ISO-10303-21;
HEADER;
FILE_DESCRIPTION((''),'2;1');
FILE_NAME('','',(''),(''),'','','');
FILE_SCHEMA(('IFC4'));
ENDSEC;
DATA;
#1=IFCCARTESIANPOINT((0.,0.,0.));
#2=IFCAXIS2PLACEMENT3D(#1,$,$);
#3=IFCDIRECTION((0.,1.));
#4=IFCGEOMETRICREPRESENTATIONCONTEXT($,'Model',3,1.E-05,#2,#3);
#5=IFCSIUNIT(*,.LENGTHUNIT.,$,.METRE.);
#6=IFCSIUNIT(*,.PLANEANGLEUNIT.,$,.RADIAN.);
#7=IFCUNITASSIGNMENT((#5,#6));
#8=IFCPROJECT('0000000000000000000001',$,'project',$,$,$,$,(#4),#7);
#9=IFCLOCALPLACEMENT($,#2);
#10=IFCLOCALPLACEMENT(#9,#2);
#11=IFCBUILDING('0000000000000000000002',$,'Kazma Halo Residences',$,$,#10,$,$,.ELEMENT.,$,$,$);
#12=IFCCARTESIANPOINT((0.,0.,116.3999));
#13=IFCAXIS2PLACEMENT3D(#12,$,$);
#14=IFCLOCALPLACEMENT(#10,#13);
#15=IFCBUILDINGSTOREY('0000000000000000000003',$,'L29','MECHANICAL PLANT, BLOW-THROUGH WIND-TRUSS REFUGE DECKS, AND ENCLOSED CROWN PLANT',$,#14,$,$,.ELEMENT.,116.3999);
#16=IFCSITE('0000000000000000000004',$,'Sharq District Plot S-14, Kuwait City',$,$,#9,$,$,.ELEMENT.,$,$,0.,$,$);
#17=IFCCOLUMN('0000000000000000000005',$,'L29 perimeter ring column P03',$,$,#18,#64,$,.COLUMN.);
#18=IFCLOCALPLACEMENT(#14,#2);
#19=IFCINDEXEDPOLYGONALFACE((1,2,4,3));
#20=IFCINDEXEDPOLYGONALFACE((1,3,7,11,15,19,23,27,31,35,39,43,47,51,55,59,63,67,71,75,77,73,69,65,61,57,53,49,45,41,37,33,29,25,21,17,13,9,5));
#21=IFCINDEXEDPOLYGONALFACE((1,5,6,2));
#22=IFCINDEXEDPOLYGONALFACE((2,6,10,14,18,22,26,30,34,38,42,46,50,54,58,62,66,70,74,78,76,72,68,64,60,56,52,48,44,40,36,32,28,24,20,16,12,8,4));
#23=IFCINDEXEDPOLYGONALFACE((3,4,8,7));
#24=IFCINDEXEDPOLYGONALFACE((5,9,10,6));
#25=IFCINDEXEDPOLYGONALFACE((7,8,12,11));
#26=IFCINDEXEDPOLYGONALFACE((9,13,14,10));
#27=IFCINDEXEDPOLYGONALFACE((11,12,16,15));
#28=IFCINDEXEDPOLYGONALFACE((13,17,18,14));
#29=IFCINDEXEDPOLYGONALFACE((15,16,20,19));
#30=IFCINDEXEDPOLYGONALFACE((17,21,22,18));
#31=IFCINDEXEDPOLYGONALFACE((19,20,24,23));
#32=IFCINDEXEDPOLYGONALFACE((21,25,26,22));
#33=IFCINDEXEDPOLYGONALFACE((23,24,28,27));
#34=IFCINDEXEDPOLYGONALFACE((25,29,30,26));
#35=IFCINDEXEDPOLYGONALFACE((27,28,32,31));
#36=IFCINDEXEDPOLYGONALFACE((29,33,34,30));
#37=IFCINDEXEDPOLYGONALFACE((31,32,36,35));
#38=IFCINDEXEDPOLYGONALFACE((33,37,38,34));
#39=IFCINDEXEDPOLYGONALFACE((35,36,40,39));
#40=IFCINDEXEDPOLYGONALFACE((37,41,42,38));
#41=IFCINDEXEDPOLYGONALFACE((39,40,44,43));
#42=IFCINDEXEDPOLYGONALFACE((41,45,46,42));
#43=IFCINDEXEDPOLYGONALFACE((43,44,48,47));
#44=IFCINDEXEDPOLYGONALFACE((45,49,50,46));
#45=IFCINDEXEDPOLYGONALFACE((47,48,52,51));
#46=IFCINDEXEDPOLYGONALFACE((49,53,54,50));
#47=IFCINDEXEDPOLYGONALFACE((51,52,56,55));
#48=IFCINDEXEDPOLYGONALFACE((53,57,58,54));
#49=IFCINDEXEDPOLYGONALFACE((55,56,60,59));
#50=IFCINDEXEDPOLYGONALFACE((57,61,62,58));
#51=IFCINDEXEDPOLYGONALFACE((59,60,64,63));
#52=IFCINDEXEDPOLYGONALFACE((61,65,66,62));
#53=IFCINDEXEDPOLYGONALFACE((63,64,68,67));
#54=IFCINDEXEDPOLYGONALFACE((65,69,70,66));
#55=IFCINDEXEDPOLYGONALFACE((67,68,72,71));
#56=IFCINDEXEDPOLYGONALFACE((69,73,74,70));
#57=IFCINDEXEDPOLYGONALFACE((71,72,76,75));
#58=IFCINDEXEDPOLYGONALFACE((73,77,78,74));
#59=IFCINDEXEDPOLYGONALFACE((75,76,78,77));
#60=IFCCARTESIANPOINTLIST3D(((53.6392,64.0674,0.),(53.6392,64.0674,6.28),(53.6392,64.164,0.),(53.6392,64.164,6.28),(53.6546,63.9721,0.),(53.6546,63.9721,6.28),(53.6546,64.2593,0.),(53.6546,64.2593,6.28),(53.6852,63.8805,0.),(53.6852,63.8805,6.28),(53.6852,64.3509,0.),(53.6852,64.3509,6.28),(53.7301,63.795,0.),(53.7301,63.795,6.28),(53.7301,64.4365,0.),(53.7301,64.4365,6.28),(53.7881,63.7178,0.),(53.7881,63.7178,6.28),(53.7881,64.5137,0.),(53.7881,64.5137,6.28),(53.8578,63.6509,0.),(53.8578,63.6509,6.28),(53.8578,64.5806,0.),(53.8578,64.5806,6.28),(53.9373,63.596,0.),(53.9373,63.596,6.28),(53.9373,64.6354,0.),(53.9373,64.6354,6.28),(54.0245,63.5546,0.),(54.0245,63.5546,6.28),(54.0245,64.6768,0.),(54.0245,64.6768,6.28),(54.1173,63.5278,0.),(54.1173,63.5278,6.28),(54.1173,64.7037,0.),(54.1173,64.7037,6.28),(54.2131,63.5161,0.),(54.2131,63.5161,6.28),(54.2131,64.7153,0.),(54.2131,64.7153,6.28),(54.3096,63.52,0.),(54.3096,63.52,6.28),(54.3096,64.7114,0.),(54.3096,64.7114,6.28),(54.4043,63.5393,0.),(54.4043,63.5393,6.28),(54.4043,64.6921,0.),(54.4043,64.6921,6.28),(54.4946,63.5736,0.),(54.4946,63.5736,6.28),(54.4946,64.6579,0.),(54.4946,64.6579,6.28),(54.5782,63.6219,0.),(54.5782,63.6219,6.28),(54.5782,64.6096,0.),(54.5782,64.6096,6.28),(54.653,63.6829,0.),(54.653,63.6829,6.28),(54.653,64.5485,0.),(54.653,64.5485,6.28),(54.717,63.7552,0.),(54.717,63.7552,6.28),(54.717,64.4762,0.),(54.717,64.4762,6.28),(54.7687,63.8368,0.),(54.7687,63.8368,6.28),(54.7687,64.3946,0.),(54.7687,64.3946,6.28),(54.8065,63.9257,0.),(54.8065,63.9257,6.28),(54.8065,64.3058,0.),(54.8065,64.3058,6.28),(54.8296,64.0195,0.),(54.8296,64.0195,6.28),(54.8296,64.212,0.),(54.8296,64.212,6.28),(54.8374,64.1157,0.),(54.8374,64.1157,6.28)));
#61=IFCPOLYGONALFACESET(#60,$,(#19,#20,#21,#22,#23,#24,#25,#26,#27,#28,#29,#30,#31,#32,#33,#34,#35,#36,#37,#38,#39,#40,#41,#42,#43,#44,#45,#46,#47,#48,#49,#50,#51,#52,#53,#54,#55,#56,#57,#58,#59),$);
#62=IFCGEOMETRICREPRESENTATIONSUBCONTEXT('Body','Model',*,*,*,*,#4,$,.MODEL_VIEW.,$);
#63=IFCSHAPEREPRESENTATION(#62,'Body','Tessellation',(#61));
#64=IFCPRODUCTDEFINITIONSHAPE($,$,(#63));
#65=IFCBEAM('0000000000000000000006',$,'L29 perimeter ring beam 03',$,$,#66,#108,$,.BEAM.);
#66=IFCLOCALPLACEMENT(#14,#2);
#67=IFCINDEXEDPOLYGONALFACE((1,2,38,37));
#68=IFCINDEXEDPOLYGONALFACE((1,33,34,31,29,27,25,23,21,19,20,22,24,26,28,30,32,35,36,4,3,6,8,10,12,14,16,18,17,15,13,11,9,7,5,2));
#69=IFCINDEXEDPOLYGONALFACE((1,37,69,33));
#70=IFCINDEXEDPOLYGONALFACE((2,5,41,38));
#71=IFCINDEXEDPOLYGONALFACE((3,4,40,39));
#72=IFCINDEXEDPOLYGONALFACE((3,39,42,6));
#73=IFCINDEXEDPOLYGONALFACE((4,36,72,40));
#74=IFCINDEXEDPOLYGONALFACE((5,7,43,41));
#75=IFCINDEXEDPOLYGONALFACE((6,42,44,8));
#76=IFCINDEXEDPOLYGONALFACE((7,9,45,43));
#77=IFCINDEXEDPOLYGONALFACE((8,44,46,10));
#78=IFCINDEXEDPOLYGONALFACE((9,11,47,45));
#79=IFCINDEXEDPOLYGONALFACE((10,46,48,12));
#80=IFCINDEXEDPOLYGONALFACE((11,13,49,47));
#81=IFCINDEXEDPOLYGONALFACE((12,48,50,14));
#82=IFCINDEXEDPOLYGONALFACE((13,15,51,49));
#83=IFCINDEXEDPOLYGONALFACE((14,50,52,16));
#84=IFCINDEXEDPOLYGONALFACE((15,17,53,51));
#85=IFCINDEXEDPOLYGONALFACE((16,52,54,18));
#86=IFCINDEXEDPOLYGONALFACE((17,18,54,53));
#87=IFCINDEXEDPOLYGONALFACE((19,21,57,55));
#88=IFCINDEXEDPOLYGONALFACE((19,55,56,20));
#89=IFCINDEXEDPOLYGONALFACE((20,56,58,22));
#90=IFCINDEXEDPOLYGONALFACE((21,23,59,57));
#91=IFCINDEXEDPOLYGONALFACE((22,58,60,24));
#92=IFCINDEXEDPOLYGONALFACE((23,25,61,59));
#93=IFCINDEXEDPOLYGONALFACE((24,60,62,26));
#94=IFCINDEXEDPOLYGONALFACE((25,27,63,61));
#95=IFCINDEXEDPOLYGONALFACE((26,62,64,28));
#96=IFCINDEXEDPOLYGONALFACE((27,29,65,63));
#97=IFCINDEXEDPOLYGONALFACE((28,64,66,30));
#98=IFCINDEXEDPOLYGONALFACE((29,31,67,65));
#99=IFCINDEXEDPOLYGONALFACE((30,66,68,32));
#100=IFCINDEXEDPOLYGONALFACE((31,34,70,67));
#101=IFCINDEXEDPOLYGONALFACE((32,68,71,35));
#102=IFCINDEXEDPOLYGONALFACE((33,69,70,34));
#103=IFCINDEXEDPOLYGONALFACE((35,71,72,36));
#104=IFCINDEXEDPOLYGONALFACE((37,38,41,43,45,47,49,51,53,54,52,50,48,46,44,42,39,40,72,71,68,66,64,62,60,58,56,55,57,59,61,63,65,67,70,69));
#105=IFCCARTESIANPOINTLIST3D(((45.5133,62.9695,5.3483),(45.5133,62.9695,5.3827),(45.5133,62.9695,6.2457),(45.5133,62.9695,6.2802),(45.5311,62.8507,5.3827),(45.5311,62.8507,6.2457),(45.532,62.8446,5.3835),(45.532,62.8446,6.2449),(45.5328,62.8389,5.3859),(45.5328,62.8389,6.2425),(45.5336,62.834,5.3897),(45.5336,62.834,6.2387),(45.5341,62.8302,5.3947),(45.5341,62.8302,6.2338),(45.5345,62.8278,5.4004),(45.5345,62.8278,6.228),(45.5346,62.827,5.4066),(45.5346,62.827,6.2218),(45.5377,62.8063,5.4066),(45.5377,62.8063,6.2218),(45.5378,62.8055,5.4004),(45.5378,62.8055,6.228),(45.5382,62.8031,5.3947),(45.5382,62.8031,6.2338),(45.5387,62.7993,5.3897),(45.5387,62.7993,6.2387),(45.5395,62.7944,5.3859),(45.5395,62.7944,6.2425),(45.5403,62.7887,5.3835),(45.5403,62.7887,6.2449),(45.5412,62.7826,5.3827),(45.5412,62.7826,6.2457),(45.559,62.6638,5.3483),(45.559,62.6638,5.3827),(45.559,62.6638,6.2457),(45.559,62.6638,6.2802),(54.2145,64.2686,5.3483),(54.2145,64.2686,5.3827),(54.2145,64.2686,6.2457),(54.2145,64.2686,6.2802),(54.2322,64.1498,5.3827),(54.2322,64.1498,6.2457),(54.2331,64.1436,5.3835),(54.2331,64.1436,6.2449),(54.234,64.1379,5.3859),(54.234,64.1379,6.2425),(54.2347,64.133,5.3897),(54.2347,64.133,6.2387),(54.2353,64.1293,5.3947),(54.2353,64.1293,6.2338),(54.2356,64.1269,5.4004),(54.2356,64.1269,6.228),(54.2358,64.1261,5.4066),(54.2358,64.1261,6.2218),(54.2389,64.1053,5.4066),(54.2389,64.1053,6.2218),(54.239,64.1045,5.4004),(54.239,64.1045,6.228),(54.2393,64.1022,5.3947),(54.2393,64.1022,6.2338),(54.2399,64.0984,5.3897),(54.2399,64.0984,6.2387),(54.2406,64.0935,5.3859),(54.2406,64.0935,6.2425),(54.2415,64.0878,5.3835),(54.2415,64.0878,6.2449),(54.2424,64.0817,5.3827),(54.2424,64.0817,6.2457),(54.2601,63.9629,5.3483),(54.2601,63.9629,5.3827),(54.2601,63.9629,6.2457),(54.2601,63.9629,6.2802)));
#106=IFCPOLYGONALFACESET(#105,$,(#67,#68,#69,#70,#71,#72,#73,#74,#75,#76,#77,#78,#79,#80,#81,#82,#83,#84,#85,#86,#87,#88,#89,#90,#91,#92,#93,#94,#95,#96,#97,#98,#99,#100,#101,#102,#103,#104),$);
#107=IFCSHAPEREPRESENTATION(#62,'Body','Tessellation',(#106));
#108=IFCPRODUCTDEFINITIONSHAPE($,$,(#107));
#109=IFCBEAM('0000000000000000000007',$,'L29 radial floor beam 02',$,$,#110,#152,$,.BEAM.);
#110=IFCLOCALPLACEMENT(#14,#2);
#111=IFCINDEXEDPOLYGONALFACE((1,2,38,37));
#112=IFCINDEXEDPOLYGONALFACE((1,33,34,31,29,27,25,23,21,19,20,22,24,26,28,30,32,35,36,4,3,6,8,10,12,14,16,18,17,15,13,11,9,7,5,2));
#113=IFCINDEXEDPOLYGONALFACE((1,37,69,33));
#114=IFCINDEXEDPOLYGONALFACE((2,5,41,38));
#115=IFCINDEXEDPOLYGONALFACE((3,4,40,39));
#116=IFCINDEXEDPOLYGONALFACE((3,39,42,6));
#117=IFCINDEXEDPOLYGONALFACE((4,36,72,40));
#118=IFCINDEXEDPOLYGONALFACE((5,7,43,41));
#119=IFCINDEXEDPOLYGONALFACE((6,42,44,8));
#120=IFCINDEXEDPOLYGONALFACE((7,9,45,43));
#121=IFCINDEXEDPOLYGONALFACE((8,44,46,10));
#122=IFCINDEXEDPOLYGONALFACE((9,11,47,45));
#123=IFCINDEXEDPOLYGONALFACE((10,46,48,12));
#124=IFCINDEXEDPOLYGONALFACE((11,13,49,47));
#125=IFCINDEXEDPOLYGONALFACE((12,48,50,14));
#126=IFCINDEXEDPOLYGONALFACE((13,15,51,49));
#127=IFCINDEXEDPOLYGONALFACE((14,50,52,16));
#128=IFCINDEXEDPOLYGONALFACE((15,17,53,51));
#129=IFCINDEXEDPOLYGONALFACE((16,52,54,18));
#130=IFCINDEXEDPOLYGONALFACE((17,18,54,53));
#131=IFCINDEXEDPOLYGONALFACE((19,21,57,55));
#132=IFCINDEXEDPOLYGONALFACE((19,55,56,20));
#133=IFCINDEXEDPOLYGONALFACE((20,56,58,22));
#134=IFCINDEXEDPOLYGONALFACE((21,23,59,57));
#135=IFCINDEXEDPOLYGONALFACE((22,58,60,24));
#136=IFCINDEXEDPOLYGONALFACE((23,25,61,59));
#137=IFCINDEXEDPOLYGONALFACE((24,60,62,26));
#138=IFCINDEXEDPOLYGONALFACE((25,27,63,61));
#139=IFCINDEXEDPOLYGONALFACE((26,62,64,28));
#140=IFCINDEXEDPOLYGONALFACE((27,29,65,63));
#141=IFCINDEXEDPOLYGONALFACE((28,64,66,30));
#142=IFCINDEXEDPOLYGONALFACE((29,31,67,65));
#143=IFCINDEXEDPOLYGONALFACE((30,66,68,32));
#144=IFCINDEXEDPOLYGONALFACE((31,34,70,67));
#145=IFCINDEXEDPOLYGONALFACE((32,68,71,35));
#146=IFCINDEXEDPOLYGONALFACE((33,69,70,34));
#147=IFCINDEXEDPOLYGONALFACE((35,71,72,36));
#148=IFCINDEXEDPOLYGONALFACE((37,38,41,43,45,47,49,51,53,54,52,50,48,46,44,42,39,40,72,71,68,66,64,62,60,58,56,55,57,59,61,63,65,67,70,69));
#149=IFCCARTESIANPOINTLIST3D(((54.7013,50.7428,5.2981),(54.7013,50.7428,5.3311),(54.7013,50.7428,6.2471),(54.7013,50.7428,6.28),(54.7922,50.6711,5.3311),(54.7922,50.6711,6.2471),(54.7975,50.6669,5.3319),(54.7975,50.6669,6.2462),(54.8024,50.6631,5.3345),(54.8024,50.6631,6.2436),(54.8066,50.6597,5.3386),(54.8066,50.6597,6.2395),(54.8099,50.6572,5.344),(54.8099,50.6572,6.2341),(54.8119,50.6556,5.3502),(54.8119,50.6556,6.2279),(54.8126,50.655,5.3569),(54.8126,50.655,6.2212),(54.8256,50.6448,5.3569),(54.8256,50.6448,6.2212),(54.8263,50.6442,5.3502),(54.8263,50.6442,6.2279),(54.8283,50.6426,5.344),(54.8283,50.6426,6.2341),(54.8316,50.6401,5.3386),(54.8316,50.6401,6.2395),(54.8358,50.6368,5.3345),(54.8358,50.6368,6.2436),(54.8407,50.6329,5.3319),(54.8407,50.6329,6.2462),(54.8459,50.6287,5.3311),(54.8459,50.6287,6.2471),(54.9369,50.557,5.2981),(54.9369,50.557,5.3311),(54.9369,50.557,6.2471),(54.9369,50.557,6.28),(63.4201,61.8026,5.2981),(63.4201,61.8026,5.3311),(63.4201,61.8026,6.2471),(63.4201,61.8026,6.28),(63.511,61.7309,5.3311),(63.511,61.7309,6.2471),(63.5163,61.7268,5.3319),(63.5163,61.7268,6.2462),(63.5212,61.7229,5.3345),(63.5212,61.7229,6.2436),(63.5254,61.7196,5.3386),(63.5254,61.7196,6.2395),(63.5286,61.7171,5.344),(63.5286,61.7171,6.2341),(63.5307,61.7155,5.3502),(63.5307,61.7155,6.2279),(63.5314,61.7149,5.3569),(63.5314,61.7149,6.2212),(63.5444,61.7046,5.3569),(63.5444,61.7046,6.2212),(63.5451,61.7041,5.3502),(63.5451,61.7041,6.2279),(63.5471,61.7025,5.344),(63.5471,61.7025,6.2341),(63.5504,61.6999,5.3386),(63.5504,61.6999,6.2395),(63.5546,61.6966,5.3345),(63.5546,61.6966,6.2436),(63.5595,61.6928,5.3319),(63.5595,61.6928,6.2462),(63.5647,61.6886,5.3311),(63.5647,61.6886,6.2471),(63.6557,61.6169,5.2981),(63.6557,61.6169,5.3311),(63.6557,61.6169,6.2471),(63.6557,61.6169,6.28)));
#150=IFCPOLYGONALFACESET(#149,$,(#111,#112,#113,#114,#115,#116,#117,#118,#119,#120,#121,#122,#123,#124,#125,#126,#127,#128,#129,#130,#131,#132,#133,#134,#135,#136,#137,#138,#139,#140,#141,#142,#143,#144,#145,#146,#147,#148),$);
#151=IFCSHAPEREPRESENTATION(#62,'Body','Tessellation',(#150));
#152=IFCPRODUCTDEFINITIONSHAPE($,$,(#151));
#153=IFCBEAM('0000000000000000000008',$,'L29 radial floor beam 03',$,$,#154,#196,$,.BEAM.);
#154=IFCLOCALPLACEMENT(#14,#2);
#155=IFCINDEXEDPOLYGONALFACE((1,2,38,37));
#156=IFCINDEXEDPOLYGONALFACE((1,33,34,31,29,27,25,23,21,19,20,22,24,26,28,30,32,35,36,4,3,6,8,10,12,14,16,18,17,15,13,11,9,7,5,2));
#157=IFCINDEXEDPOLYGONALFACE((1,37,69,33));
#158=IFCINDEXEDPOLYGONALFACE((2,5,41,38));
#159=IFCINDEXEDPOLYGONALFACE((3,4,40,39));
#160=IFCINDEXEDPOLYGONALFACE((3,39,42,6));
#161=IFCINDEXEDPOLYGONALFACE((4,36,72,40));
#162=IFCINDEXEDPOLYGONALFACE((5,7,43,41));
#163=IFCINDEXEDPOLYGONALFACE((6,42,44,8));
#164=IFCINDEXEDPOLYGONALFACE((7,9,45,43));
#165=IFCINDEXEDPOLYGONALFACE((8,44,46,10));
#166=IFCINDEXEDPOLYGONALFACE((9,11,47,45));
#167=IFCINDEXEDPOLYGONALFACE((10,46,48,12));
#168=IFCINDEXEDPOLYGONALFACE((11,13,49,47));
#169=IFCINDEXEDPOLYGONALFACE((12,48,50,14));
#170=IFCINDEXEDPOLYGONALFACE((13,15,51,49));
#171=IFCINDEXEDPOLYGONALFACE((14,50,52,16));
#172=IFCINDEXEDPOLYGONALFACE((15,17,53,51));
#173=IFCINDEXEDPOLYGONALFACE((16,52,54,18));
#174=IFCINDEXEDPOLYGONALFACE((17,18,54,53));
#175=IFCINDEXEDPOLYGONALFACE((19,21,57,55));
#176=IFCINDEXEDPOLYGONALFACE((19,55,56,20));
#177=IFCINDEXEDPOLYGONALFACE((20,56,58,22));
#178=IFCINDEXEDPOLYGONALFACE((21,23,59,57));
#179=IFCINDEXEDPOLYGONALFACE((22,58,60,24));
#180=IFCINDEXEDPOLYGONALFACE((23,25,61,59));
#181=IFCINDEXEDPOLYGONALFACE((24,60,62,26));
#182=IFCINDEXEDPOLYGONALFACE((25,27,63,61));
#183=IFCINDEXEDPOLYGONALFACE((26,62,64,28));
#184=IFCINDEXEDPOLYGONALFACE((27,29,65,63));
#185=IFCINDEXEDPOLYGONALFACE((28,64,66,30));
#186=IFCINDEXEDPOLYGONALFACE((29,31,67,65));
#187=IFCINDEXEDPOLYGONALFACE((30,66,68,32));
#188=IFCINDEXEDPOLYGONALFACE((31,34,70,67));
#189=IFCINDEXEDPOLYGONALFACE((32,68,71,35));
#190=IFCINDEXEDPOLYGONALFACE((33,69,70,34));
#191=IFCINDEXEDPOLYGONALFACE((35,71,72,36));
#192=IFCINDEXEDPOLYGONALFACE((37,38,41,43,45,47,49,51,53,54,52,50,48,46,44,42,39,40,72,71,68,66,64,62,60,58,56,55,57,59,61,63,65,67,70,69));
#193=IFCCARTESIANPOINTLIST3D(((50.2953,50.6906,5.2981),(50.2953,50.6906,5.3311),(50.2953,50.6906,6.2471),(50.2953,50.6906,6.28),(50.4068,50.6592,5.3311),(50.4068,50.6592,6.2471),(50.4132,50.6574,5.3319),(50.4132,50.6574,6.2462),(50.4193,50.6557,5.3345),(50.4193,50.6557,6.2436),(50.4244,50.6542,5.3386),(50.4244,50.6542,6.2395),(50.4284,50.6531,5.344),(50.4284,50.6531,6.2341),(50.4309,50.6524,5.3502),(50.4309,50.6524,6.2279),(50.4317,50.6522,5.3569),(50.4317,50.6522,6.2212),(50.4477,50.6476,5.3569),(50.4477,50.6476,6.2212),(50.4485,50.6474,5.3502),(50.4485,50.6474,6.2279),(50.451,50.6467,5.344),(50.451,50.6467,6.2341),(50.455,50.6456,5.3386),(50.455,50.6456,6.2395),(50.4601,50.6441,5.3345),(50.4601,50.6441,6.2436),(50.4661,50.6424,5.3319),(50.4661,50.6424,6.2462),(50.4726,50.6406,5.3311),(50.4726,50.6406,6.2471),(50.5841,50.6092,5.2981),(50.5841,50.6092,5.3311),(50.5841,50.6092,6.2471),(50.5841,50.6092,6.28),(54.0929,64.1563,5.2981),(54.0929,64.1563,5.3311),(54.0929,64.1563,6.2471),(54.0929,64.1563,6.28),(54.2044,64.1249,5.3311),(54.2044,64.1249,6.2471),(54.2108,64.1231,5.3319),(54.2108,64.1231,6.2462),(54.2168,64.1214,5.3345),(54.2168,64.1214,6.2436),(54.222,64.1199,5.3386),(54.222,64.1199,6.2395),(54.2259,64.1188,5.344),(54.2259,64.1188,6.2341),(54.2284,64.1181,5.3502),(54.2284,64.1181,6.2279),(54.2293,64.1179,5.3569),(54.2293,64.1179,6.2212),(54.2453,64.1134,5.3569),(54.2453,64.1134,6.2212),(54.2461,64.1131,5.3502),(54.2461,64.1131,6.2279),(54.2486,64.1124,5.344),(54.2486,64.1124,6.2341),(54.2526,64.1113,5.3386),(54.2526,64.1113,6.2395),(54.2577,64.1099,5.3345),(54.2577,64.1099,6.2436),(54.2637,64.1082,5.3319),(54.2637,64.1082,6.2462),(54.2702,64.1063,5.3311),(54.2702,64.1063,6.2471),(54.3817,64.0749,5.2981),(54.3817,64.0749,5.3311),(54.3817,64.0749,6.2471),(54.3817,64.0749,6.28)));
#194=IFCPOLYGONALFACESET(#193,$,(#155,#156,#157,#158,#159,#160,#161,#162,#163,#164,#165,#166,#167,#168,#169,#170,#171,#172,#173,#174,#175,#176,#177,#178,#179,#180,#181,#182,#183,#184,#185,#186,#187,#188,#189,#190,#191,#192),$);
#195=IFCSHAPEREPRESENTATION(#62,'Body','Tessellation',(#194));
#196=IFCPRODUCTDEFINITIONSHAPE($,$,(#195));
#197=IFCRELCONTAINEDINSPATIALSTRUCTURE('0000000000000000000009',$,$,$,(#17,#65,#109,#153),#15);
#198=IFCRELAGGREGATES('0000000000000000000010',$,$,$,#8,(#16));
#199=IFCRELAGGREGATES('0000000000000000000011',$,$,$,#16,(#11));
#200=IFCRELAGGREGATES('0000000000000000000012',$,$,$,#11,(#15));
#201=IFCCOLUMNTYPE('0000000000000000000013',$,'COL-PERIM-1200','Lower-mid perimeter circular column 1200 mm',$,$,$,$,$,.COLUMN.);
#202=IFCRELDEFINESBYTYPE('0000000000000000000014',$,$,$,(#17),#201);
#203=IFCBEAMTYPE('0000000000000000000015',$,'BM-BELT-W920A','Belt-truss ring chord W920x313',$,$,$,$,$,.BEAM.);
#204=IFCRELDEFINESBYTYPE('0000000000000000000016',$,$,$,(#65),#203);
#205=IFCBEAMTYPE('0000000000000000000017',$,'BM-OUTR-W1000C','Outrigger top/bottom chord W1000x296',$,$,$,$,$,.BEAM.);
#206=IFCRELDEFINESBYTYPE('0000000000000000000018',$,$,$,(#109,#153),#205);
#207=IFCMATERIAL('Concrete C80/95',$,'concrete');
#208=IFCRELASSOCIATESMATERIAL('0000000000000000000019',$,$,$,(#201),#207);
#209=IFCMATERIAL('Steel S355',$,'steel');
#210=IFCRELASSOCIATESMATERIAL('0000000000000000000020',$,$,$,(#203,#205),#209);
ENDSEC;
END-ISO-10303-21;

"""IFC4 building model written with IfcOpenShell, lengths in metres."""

from ifc_helpers import new_model, si_unit, direction, frame, origin, origin_2d, place, context, subcontext, project, spatial, circle, i_section, extrude, material, material_profile, profile_set, type_object, element, save


model = new_model("IFC4")

# Units and contexts
model_context = context("Model", 3, precision=1e-05, world=origin(), true_north=direction((0.0, 1.0)))
body_context = subcontext(model_context, "Body", "Model", "MODEL_VIEW")
ifc_project = project(units=[si_unit("LENGTHUNIT", "METRE"), si_unit("PLANEANGLEUNIT", "RADIAN")], contexts=[model_context])

# Site, building, storey
site_placement = place(None, origin())
site = spatial("IfcSite", under=ifc_project, at=site_placement, Name="Sharq District Plot S-14, Kuwait City", CompositionType="ELEMENT", RefElevation=0.0)
building_placement = place(site_placement, origin())
building = spatial("IfcBuilding", under=site, at=building_placement, Name="Kazma Halo Residences", CompositionType="ELEMENT")
storey_placement = place(building_placement, frame((0.0, 0.0, 116.3999)))
storey = spatial("IfcBuildingStorey", under=building, at=storey_placement, Name="L29", Description="MECHANICAL PLANT, BLOW-THROUGH WIND-TRUSS REFUGE DECKS, AND ENCLOSED CROWN PLANT", CompositionType="ELEMENT", Elevation=116.3999)

# Column
ifc_material_1 = material(Name="Concrete C80/95", Category="concrete")
ifc_material_profile_1 = material_profile(ifc_material_1, circle(Radius=0.6001, at=origin_2d()), Name="CIRC1200")
ifc_profile_set_1 = profile_set([ifc_material_profile_1], Name="Concrete C80/95")
column_type = type_object("IfcColumnType", Name="COL-PERIM-1200", Description="Lower-mid perimeter circular column 1200 mm", PredefinedType="COLUMN", material=ifc_profile_set_1)
column_placement = place(storey_placement, frame((54.2373, 64.1157, 0.0), z_axis=(0.0, 0.0, 1.0), x_axis=(1.0, 0.0, 0.0)))
element("IfcColumn", 1, at=column_placement, inside=storey, type_object=column_type, Name="L29 perimeter ring column P03", PredefinedType="COLUMN", context=body_context, shape_type="SweptSolid", body=[
    extrude(circle(Radius=0.6001, at=origin_2d()), origin(), (0.0, 0.0, 1.0), 6.28),
])

# Beams
ifc_material_2 = material(Name="Steel S355", Category="steel")
ifc_material_profile_2 = material_profile(ifc_material_2, i_section(OverallWidth=0.3091, OverallDepth=0.9319, WebThickness=0.021, FlangeThickness=0.0344, FilletRadius=0.0239, at=origin_2d()), Name="W920x313")
ifc_profile_set_2 = profile_set([ifc_material_profile_2], Name="Steel S355")
beam_type_1 = type_object("IfcBeamType", Name="BM-BELT-W920A", Description="Belt-truss ring chord W920x313", PredefinedType="BEAM", material=ifc_profile_set_2)
beam_1_placement = place(storey_placement, frame((54.2373, 64.1157, 5.8142), z_axis=(-0.989038, -0.147662, 0.0), x_axis=(0.147662, -0.989038, 0.0)))
element("IfcBeam", 2, at=beam_1_placement, inside=storey, type_object=beam_type_1, Name="L29 perimeter ring beam 03", PredefinedType="BEAM", context=body_context, shape_type="SweptSolid", body=[
    extrude(i_section(OverallWidth=0.3091, OverallDepth=0.9319, WebThickness=0.021, FlangeThickness=0.0344, FilletRadius=0.0239, at=origin_2d()), origin(), (0.0, 0.0, 1.0), 8.7976),
])
ifc_material_profile_3 = material_profile(ifc_material_2, i_section(OverallWidth=0.3, OverallDepth=0.9819, WebThickness=0.0166, FlangeThickness=0.033, FilletRadius=0.0259, at=origin_2d()), Name="W1000x296")
ifc_profile_set_3 = profile_set([ifc_material_profile_3], Name="Steel S355")
beam_type_2 = type_object("IfcBeamType", Name="BM-OUTR-W1000C", Description="Outrigger top/bottom chord W1000x296", PredefinedType="BEAM", material=ifc_profile_set_3)
beam_2_placement = place(storey_placement, frame((54.8191, 50.6499, 5.7891), z_axis=(0.619089, 0.785321, 0.0), x_axis=(-0.785321, 0.619089, 0.0)))
element("IfcBeam", 3, at=beam_2_placement, inside=storey, type_object=beam_type_2, Name="L29 radial floor beam 02", PredefinedType="BEAM", context=body_context, shape_type="SweptSolid", body=[
    extrude(i_section(OverallWidth=0.3, OverallDepth=0.9819, WebThickness=0.0166, FlangeThickness=0.033, FilletRadius=0.0259, at=origin_2d()), origin(), (0.0, 0.0, 1.0), 14.0833),
])
beam_3_placement = place(storey_placement, frame((50.4397, 50.6499, 5.7891), z_axis=(0.271431, 0.962458, 0.0), x_axis=(-0.962458, 0.271431, 0.0)))
element("IfcBeam", 4, at=beam_3_placement, inside=storey, type_object=beam_type_2, Name="L29 radial floor beam 03", PredefinedType="BEAM", context=body_context, shape_type="SweptSolid", body=[
    extrude(i_section(OverallWidth=0.3, OverallDepth=0.9819, WebThickness=0.0166, FlangeThickness=0.033, FilletRadius=0.0259, at=origin_2d()), origin(), (0.0, 0.0, 1.0), 13.991),
])

save(model, "model.ifc")
